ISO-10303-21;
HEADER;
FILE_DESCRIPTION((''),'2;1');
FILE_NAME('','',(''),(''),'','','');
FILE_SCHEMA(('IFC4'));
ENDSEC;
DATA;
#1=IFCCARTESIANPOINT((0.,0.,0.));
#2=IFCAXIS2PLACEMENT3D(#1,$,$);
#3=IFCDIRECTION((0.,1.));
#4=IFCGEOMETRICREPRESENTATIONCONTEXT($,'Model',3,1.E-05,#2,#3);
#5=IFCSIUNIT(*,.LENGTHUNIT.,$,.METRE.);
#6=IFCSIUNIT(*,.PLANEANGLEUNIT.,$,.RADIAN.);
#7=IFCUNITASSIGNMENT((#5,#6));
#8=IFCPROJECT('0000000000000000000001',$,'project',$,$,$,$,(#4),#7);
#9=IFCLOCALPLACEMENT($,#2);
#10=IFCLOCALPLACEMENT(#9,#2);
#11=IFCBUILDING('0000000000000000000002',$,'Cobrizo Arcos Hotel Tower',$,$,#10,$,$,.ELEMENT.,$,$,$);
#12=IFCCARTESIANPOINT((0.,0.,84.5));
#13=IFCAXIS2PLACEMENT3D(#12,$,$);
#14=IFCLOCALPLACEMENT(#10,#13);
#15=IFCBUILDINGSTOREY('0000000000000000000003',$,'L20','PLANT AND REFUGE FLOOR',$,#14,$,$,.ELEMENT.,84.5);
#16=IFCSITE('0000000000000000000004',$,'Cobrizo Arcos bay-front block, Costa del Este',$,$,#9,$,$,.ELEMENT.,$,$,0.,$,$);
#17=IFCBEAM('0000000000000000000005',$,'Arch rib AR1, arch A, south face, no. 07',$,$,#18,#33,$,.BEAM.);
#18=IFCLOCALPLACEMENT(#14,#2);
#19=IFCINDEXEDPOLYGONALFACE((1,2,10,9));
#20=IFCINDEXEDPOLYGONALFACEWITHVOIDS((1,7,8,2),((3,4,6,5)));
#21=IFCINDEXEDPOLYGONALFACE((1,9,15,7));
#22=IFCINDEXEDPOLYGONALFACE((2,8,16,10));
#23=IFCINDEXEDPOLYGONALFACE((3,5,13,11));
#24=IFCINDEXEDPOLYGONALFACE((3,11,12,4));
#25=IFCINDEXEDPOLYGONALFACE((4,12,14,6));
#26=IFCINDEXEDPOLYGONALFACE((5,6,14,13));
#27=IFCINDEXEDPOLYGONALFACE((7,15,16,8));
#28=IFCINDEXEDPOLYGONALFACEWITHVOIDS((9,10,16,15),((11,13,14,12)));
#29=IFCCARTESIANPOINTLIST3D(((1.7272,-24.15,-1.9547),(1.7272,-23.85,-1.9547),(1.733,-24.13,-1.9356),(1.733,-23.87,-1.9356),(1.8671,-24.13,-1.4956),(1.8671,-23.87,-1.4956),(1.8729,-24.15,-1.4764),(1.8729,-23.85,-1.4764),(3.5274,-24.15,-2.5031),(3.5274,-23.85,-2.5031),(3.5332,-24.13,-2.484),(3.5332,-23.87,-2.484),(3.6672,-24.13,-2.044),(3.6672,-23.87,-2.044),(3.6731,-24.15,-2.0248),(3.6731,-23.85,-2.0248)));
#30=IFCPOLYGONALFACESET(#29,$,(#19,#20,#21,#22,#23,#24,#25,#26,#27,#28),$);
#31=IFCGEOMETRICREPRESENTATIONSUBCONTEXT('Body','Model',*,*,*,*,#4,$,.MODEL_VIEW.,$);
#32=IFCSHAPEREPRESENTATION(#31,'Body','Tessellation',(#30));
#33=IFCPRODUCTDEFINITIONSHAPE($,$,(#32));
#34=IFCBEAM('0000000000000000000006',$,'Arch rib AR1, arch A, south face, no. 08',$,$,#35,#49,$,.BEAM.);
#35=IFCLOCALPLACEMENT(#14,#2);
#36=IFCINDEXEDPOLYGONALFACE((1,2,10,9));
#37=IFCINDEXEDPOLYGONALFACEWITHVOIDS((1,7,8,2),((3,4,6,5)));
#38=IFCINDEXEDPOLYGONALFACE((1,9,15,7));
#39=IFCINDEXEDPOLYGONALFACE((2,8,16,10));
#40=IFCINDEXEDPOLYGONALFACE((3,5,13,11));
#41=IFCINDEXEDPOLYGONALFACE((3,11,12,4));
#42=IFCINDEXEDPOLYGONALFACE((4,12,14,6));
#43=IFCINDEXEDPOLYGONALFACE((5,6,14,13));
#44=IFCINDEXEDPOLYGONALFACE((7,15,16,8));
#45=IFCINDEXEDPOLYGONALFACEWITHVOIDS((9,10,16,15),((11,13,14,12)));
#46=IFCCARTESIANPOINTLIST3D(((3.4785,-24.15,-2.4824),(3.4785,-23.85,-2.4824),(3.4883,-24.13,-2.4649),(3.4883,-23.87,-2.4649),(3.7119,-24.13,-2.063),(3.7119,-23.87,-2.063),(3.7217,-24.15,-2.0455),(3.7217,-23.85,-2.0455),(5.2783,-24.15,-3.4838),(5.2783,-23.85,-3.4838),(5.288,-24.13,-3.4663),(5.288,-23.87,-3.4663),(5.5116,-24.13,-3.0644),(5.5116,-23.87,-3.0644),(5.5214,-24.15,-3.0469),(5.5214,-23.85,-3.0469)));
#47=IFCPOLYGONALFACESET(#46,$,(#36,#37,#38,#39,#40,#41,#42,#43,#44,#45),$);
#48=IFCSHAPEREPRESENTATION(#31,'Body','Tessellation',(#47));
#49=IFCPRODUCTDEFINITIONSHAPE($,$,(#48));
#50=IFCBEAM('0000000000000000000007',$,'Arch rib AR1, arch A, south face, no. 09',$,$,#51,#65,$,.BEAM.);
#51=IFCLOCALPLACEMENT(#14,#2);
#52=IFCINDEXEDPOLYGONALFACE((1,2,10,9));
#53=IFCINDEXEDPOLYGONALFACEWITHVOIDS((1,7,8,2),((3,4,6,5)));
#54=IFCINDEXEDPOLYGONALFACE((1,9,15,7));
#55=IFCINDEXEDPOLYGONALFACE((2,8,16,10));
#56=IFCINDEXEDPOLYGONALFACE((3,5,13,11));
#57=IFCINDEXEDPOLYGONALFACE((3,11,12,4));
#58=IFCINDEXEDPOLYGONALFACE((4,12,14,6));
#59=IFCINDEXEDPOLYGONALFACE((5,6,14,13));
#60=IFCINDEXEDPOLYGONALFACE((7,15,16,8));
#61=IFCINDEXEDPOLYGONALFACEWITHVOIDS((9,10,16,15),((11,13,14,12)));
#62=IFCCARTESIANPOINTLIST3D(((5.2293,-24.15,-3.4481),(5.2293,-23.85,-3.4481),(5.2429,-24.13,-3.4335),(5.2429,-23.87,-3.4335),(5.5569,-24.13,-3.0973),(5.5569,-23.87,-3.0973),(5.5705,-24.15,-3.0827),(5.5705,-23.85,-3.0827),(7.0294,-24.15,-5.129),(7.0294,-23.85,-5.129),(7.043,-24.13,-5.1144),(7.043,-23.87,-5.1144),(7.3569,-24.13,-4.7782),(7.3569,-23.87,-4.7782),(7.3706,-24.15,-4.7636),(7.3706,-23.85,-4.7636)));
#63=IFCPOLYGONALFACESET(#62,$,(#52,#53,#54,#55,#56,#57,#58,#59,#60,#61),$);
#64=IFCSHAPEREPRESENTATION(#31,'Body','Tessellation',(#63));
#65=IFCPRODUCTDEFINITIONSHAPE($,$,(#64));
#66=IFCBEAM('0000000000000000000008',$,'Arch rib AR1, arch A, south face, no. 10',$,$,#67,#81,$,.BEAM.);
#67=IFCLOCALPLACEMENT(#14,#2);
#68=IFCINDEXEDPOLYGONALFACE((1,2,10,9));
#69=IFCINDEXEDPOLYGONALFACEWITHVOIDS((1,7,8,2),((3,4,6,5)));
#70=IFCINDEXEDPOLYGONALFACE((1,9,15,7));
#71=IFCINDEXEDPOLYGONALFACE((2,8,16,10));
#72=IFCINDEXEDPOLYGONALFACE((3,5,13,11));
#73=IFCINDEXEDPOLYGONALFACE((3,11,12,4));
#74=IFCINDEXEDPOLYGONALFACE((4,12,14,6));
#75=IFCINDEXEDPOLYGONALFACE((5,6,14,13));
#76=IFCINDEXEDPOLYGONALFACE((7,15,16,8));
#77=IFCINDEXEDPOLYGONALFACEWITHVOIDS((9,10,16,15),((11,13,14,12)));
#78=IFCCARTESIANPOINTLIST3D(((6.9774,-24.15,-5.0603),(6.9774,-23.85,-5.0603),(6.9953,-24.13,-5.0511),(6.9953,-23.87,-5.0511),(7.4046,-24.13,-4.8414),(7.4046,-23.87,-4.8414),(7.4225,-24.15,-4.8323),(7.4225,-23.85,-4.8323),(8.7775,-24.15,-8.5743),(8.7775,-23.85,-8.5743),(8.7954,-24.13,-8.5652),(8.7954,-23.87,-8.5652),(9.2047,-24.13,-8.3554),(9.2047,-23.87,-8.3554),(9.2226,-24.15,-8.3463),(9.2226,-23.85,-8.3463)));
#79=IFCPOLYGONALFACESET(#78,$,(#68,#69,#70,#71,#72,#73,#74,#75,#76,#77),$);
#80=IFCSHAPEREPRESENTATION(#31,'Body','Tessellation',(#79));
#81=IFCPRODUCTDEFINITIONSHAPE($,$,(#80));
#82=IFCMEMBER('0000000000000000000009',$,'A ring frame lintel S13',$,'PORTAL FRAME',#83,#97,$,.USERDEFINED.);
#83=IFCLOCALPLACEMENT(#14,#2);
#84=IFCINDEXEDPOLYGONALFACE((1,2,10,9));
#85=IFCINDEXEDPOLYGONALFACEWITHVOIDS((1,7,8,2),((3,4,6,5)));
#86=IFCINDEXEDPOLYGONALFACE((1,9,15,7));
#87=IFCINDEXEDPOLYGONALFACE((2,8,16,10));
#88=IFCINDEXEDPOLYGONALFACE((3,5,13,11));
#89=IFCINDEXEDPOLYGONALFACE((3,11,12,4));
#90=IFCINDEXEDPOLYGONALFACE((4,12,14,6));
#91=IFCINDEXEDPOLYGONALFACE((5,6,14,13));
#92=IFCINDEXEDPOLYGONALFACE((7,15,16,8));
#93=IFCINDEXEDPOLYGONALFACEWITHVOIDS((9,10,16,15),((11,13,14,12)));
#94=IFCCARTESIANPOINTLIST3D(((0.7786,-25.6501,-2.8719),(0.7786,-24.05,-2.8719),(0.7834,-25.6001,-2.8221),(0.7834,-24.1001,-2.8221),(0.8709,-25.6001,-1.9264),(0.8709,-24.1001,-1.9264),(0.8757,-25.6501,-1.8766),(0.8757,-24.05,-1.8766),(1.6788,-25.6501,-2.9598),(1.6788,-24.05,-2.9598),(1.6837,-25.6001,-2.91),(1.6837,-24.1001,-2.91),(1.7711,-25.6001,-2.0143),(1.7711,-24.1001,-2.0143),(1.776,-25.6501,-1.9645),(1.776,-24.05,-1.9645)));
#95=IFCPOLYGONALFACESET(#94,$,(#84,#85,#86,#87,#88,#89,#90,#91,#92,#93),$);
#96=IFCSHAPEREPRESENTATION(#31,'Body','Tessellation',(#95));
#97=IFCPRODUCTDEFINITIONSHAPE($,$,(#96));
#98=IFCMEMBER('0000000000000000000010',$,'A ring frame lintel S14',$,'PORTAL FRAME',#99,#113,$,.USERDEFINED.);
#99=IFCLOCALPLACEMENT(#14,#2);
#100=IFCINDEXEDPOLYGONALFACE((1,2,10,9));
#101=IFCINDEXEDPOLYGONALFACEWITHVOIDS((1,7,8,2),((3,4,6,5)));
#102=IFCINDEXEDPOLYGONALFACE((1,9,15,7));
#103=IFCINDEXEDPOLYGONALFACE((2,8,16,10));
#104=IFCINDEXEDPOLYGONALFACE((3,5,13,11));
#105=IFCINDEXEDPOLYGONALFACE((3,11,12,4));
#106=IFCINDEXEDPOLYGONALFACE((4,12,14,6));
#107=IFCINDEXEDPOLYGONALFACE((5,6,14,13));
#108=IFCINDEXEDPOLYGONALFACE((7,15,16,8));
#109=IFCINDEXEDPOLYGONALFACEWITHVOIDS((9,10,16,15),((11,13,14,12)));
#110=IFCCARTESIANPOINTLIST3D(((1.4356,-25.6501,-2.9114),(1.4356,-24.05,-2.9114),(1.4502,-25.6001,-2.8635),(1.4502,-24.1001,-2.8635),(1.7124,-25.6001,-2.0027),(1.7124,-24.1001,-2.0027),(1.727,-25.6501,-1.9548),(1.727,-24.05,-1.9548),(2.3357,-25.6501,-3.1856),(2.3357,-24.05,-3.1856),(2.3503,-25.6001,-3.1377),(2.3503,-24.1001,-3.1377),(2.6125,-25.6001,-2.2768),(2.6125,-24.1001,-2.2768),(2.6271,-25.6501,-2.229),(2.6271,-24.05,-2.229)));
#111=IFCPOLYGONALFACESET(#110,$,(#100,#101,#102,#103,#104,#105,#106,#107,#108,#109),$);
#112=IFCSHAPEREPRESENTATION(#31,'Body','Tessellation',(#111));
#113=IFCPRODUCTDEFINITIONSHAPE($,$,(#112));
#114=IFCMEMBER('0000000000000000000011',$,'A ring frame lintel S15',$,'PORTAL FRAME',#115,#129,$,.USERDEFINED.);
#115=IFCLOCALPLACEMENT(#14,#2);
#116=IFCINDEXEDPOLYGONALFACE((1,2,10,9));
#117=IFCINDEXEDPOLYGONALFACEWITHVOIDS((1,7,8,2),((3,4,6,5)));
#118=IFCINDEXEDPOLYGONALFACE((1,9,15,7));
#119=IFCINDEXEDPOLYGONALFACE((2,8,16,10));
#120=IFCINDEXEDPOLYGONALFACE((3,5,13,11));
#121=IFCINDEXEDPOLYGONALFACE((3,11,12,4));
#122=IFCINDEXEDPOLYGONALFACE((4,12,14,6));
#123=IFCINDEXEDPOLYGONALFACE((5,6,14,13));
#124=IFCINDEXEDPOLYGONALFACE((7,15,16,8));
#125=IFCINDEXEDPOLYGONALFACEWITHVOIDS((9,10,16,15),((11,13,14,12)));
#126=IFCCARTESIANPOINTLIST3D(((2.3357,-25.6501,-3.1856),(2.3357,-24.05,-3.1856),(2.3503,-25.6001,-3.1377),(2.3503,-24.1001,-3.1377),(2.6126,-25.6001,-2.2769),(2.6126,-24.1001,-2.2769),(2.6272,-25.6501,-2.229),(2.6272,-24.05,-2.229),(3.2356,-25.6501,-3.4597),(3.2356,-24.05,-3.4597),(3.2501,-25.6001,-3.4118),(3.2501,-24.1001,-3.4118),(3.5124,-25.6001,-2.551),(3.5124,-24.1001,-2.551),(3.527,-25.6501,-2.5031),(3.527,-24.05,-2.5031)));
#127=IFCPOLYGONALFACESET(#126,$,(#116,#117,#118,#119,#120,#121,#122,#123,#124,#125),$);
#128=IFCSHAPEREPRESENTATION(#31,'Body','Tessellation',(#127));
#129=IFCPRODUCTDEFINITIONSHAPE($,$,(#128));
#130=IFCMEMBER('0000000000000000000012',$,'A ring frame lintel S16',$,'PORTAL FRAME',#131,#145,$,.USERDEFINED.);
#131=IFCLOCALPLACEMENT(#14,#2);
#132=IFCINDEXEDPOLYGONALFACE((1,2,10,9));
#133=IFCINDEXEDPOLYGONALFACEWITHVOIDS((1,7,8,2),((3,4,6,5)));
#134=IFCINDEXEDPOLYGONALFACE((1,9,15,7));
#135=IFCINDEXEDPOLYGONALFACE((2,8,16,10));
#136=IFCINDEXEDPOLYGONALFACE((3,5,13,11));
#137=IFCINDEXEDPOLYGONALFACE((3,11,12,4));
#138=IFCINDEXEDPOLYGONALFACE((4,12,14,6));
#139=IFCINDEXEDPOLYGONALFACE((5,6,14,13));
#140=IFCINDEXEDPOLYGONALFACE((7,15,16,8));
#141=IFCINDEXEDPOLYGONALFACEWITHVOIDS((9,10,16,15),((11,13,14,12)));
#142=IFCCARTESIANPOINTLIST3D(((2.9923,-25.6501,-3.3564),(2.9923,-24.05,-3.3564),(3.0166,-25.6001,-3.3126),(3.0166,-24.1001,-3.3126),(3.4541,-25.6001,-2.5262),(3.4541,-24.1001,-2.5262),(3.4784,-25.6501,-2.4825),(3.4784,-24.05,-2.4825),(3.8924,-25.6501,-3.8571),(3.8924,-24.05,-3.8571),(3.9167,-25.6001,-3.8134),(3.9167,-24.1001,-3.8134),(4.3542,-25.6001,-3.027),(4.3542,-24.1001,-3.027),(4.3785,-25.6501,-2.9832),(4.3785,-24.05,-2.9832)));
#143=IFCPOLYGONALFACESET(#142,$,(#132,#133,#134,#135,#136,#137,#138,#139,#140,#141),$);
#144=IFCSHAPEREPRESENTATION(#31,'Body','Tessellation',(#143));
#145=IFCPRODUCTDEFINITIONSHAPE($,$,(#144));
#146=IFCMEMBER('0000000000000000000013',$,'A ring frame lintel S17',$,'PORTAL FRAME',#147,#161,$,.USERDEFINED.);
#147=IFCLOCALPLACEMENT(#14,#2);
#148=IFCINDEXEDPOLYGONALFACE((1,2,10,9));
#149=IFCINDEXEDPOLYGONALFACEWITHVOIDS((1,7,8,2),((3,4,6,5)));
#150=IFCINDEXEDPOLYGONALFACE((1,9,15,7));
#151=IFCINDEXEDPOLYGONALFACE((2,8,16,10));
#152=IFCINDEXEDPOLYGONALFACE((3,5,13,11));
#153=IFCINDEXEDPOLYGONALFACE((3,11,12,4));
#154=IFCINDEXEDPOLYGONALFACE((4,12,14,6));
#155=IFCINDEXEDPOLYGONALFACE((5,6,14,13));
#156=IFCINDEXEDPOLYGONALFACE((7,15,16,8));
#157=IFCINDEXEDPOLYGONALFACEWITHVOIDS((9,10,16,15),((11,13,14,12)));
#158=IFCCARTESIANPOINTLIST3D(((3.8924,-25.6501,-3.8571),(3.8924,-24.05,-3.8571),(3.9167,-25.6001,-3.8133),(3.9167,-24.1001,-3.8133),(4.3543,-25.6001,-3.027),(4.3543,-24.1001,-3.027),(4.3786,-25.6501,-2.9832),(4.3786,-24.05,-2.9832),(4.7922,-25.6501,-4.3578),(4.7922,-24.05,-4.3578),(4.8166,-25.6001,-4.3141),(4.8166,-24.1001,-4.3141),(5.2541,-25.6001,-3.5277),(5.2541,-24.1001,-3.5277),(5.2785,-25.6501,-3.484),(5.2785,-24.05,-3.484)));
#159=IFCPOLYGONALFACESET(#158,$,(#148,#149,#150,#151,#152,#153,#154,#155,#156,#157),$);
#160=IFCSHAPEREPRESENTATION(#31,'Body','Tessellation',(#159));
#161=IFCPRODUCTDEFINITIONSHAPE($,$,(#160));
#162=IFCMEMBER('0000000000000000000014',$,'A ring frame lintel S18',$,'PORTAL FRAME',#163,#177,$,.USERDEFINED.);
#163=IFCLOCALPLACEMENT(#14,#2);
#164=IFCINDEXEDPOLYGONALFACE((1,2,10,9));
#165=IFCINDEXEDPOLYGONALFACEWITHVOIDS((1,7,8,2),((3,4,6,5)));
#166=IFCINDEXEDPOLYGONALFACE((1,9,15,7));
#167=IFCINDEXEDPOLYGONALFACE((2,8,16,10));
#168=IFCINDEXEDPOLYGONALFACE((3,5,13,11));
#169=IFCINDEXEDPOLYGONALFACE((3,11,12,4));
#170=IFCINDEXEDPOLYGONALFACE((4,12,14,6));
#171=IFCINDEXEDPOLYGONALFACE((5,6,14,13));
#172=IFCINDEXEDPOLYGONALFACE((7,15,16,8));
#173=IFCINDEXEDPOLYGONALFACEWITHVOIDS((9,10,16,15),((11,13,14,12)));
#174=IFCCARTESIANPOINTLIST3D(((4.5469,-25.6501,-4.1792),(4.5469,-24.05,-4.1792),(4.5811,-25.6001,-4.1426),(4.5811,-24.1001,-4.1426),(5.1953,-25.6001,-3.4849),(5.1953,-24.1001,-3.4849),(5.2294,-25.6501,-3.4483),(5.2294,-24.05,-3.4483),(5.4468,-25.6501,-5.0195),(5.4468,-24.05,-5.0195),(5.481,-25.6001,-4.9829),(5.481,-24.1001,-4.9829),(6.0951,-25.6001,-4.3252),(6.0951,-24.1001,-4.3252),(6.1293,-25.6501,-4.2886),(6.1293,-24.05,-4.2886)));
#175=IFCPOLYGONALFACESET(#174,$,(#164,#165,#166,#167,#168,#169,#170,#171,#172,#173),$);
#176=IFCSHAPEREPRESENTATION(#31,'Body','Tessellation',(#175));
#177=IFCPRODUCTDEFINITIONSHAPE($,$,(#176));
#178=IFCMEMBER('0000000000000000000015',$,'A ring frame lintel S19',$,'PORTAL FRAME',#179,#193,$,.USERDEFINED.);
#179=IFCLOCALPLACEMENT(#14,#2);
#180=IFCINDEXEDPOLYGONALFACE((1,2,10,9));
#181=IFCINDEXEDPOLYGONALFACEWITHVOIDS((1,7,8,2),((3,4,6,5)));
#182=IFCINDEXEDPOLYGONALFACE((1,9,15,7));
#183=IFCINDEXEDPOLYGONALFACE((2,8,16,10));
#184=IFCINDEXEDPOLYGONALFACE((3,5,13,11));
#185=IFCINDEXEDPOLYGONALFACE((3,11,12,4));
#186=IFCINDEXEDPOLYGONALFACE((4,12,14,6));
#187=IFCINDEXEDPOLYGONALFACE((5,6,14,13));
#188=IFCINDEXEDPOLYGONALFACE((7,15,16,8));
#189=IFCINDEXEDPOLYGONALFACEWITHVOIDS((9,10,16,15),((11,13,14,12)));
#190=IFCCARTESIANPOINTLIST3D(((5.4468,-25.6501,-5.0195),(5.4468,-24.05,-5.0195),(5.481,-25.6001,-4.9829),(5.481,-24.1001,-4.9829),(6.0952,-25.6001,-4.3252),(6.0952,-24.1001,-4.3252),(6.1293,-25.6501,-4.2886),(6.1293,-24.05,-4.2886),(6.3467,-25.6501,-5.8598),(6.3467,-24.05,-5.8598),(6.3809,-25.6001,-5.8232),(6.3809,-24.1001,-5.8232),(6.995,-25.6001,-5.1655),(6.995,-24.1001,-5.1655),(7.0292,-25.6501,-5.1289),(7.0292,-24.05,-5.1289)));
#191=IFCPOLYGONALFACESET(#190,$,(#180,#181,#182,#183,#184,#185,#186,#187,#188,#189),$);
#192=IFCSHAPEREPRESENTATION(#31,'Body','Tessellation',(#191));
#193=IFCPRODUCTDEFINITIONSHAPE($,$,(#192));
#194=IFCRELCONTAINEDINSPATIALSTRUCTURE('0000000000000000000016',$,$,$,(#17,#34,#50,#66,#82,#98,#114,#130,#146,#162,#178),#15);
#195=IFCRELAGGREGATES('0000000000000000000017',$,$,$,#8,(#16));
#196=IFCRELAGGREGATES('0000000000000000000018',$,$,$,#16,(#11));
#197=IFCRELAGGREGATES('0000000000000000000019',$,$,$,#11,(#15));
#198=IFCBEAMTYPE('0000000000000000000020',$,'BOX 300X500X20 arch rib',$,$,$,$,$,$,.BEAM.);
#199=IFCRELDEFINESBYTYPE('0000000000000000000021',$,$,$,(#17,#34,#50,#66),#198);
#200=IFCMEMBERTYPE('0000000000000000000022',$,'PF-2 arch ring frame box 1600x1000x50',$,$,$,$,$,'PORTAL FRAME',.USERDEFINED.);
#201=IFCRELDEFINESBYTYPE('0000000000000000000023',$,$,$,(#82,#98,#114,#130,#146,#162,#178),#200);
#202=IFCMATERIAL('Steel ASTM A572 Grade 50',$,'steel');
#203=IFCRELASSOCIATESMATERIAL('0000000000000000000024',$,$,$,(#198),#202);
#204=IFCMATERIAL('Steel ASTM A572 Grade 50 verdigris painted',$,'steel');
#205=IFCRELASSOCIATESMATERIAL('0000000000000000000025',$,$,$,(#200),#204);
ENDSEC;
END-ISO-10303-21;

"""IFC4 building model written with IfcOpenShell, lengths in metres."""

from ifc_helpers import new_model, si_unit, direction, frame, origin, origin_2d, place, context, subcontext, project, spatial, hollow_rectangle, extrude, material, material_profile, profile_set, type_object, element, save


model = new_model("IFC4")

# Units and contexts
model_context = context("Model", 3, precision=1e-05, world=origin(), true_north=direction((0.0, 1.0)))
body_context = subcontext(model_context, "Body", "Model", "MODEL_VIEW")
ifc_project = project(units=[si_unit("LENGTHUNIT", "METRE"), si_unit("PLANEANGLEUNIT", "RADIAN")], contexts=[model_context])

# Site, building, storey
site_placement = place(None, origin())
site = spatial("IfcSite", under=ifc_project, at=site_placement, Name="Cobrizo Arcos bay-front block, Costa del Este", CompositionType="ELEMENT", RefElevation=0.0)
building_placement = place(site_placement, origin())
building = spatial("IfcBuilding", under=site, at=building_placement, Name="Cobrizo Arcos Hotel Tower", CompositionType="ELEMENT")
storey_placement = place(building_placement, frame((0.0, 0.0, 84.5)))
storey = spatial("IfcBuildingStorey", under=building, at=storey_placement, Name="L20", Description="PLANT AND REFUGE FLOOR", CompositionType="ELEMENT", Elevation=84.5)

# Beams
ifc_material_1 = material(Name="Steel ASTM A572 Grade 50", Category="steel")
ifc_material_profile_1 = material_profile(ifc_material_1, hollow_rectangle(XDim=0.3, YDim=0.5, WallThickness=0.02, at=origin_2d()), Name="BOX 300X500X20")
ifc_profile_set_1 = profile_set([ifc_material_profile_1], Name="Steel ASTM A572 Grade 50")
beam_type_1 = type_object("IfcBeamType", Name="BOX 300X500X20 arch rib", PredefinedType="BEAM", material=ifc_profile_set_1)
beam_1_placement = place(storey_placement, frame((1.8, -24.0, -1.7156), z_axis=(0.9566, 0.0, -0.291404), x_axis=(0.0, 1.0, 0.0)))
element("IfcBeam", 1, at=beam_1_placement, inside=storey, type_object=beam_type_1, Name="Arch rib AR1, arch A, south face, no. 07", PredefinedType="BEAM", context=body_context, shape_type="SweptSolid", body=[
    extrude(hollow_rectangle(XDim=0.3, YDim=0.5, WallThickness=0.02, at=origin_2d()), origin(), (0.0, 0.0, 1.0), 1.8818),
])
beam_2_placement = place(storey_placement, frame((3.6001, -24.0, -2.2639), z_axis=(0.873833, 0.0, -0.486227), x_axis=(0.0, 1.0, 0.0)))
element("IfcBeam", 2, at=beam_2_placement, inside=storey, type_object=beam_type_1, Name="Arch rib AR1, arch A, south face, no. 08", PredefinedType="BEAM", context=body_context, shape_type="SweptSolid", body=[
    extrude(hollow_rectangle(XDim=0.3, YDim=0.5, WallThickness=0.02, at=origin_2d()), origin(), (0.0, 0.0, 1.0), 2.0596),
])
beam_3_placement = place(storey_placement, frame((5.3999, -24.0, -3.2654), z_axis=(0.730881, 0.0, -0.682505), x_axis=(0.0, 1.0, 0.0)))
element("IfcBeam", 3, at=beam_3_placement, inside=storey, type_object=beam_type_1, Name="Arch rib AR1, arch A, south face, no. 09", PredefinedType="BEAM", context=body_context, shape_type="SweptSolid", body=[
    extrude(hollow_rectangle(XDim=0.3, YDim=0.5, WallThickness=0.02, at=origin_2d()), origin(), (0.0, 0.0, 1.0), 2.4629),
])
beam_4_placement = place(storey_placement, frame((7.2, -24.0, -4.9463), z_axis=(0.455924, 0.0, -0.890019), x_axis=(0.0, 1.0, 0.0)))
element("IfcBeam", 4, at=beam_4_placement, inside=storey, type_object=beam_type_1, Name="Arch rib AR1, arch A, south face, no. 10", PredefinedType="BEAM", context=body_context, shape_type="SweptSolid", body=[
    extrude(hollow_rectangle(XDim=0.3, YDim=0.5, WallThickness=0.02, at=origin_2d()), origin(), (0.0, 0.0, 1.0), 3.9482),
])

# Members
ifc_material_2 = material(Name="Steel ASTM A572 Grade 50 verdigris painted", Category="steel")
ifc_material_profile_2 = material_profile(ifc_material_2, hollow_rectangle(XDim=1.6001, YDim=1.0, WallThickness=0.05, at=origin_2d()), Name="PF-2 arch ring frame box 1600x1000x50")
ifc_profile_set_2 = profile_set([ifc_material_profile_2], Name="Steel ASTM A572 Grade 50 verdigris painted")
member_type_1 = type_object("IfcMemberType", Name="PF-2 arch ring frame box 1600x1000x50", ElementType="PORTAL FRAME", PredefinedType="USERDEFINED", material=ifc_profile_set_2)
member_1_placement = place(storey_placement, frame((0.8271, -24.8501, -2.3743), z_axis=(0.995267, 0.0, -0.097178), x_axis=(0.0, 1.0, 0.0)))
element("IfcMember", 5, at=member_1_placement, inside=storey, type_object=member_type_1, Name="A ring frame lintel S13", ObjectType="PORTAL FRAME", PredefinedType="USERDEFINED", context=body_context, shape_type="SweptSolid", body=[
    extrude(hollow_rectangle(XDim=1.6001, YDim=1.0, WallThickness=0.05, at=origin_2d()), origin(), (0.0, 0.0, 1.0), 0.9045),
])
member_2_placement = place(storey_placement, frame((1.5813, -24.8501, -2.4331), z_axis=(0.956611, 0.0, -0.291368), x_axis=(0.0, 1.0, 0.0)))
element("IfcMember", 6, at=member_2_placement, inside=storey, type_object=member_type_1, Name="A ring frame lintel S14", ObjectType="PORTAL FRAME", PredefinedType="USERDEFINED", context=body_context, shape_type="SweptSolid", body=[
    extrude(hollow_rectangle(XDim=1.6001, YDim=1.0, WallThickness=0.05, at=origin_2d()), origin(), (0.0, 0.0, 1.0), 0.9409),
])
member_3_placement = place(storey_placement, frame((2.4814, -24.8501, -2.7073), z_axis=(0.956589, 0.0, -0.29144), x_axis=(0.0, 1.0, 0.0)))
element("IfcMember", 7, at=member_3_placement, inside=storey, type_object=member_type_1, Name="A ring frame lintel S15", ObjectType="PORTAL FRAME", PredefinedType="USERDEFINED", context=body_context, shape_type="SweptSolid", body=[
    extrude(hollow_rectangle(XDim=1.6001, YDim=1.0, WallThickness=0.05, at=origin_2d()), origin(), (0.0, 0.0, 1.0), 0.9407),
])
member_4_placement = place(storey_placement, frame((3.2354, -24.8501, -2.9194), z_axis=(0.873889, 0.0, -0.486126), x_axis=(0.0, 1.0, 0.0)))
element("IfcMember", 8, at=member_4_placement, inside=storey, type_object=member_type_1, Name="A ring frame lintel S16", ObjectType="PORTAL FRAME", PredefinedType="USERDEFINED", context=body_context, shape_type="SweptSolid", body=[
    extrude(hollow_rectangle(XDim=1.6001, YDim=1.0, WallThickness=0.05, at=origin_2d()), origin(), (0.0, 0.0, 1.0), 1.03),
])
member_5_placement = place(storey_placement, frame((4.1355, -24.8501, -3.4202), z_axis=(0.873833, 0.0, -0.486227), x_axis=(0.0, 1.0, 0.0)))
element("IfcMember", 9, at=member_5_placement, inside=storey, type_object=member_type_1, Name="A ring frame lintel S17", ObjectType="PORTAL FRAME", PredefinedType="USERDEFINED", context=body_context, shape_type="SweptSolid", body=[
    extrude(hollow_rectangle(XDim=1.6001, YDim=1.0, WallThickness=0.05, at=origin_2d()), origin(), (0.0, 0.0, 1.0), 1.0298),
])
for number, where, z_axis, x_axis, name in (
    (10, (4.8882, -24.8501, -3.8137), (0.730884, 0.0, -0.682502), (0.0, 1.0, 0.0), "A ring frame lintel S18"),
    (11, (5.7881, -24.8501, -4.6541), (0.730884, 0.0, -0.682502), (0.0, 1.0, 0.0), "A ring frame lintel S19"),
):
    element("IfcMember", number, at=place(storey_placement, frame(where, z_axis=z_axis, x_axis=x_axis)), inside=storey, type_object=member_type_1, Name=name, ObjectType="PORTAL FRAME", PredefinedType="USERDEFINED", context=body_context, shape_type="SweptSolid", body=[
        extrude(hollow_rectangle(XDim=1.6001, YDim=1.0, WallThickness=0.05, at=origin_2d()), origin(), (0.0, 0.0, 1.0), 1.2312),
    ])

save(model, "model.ifc")
